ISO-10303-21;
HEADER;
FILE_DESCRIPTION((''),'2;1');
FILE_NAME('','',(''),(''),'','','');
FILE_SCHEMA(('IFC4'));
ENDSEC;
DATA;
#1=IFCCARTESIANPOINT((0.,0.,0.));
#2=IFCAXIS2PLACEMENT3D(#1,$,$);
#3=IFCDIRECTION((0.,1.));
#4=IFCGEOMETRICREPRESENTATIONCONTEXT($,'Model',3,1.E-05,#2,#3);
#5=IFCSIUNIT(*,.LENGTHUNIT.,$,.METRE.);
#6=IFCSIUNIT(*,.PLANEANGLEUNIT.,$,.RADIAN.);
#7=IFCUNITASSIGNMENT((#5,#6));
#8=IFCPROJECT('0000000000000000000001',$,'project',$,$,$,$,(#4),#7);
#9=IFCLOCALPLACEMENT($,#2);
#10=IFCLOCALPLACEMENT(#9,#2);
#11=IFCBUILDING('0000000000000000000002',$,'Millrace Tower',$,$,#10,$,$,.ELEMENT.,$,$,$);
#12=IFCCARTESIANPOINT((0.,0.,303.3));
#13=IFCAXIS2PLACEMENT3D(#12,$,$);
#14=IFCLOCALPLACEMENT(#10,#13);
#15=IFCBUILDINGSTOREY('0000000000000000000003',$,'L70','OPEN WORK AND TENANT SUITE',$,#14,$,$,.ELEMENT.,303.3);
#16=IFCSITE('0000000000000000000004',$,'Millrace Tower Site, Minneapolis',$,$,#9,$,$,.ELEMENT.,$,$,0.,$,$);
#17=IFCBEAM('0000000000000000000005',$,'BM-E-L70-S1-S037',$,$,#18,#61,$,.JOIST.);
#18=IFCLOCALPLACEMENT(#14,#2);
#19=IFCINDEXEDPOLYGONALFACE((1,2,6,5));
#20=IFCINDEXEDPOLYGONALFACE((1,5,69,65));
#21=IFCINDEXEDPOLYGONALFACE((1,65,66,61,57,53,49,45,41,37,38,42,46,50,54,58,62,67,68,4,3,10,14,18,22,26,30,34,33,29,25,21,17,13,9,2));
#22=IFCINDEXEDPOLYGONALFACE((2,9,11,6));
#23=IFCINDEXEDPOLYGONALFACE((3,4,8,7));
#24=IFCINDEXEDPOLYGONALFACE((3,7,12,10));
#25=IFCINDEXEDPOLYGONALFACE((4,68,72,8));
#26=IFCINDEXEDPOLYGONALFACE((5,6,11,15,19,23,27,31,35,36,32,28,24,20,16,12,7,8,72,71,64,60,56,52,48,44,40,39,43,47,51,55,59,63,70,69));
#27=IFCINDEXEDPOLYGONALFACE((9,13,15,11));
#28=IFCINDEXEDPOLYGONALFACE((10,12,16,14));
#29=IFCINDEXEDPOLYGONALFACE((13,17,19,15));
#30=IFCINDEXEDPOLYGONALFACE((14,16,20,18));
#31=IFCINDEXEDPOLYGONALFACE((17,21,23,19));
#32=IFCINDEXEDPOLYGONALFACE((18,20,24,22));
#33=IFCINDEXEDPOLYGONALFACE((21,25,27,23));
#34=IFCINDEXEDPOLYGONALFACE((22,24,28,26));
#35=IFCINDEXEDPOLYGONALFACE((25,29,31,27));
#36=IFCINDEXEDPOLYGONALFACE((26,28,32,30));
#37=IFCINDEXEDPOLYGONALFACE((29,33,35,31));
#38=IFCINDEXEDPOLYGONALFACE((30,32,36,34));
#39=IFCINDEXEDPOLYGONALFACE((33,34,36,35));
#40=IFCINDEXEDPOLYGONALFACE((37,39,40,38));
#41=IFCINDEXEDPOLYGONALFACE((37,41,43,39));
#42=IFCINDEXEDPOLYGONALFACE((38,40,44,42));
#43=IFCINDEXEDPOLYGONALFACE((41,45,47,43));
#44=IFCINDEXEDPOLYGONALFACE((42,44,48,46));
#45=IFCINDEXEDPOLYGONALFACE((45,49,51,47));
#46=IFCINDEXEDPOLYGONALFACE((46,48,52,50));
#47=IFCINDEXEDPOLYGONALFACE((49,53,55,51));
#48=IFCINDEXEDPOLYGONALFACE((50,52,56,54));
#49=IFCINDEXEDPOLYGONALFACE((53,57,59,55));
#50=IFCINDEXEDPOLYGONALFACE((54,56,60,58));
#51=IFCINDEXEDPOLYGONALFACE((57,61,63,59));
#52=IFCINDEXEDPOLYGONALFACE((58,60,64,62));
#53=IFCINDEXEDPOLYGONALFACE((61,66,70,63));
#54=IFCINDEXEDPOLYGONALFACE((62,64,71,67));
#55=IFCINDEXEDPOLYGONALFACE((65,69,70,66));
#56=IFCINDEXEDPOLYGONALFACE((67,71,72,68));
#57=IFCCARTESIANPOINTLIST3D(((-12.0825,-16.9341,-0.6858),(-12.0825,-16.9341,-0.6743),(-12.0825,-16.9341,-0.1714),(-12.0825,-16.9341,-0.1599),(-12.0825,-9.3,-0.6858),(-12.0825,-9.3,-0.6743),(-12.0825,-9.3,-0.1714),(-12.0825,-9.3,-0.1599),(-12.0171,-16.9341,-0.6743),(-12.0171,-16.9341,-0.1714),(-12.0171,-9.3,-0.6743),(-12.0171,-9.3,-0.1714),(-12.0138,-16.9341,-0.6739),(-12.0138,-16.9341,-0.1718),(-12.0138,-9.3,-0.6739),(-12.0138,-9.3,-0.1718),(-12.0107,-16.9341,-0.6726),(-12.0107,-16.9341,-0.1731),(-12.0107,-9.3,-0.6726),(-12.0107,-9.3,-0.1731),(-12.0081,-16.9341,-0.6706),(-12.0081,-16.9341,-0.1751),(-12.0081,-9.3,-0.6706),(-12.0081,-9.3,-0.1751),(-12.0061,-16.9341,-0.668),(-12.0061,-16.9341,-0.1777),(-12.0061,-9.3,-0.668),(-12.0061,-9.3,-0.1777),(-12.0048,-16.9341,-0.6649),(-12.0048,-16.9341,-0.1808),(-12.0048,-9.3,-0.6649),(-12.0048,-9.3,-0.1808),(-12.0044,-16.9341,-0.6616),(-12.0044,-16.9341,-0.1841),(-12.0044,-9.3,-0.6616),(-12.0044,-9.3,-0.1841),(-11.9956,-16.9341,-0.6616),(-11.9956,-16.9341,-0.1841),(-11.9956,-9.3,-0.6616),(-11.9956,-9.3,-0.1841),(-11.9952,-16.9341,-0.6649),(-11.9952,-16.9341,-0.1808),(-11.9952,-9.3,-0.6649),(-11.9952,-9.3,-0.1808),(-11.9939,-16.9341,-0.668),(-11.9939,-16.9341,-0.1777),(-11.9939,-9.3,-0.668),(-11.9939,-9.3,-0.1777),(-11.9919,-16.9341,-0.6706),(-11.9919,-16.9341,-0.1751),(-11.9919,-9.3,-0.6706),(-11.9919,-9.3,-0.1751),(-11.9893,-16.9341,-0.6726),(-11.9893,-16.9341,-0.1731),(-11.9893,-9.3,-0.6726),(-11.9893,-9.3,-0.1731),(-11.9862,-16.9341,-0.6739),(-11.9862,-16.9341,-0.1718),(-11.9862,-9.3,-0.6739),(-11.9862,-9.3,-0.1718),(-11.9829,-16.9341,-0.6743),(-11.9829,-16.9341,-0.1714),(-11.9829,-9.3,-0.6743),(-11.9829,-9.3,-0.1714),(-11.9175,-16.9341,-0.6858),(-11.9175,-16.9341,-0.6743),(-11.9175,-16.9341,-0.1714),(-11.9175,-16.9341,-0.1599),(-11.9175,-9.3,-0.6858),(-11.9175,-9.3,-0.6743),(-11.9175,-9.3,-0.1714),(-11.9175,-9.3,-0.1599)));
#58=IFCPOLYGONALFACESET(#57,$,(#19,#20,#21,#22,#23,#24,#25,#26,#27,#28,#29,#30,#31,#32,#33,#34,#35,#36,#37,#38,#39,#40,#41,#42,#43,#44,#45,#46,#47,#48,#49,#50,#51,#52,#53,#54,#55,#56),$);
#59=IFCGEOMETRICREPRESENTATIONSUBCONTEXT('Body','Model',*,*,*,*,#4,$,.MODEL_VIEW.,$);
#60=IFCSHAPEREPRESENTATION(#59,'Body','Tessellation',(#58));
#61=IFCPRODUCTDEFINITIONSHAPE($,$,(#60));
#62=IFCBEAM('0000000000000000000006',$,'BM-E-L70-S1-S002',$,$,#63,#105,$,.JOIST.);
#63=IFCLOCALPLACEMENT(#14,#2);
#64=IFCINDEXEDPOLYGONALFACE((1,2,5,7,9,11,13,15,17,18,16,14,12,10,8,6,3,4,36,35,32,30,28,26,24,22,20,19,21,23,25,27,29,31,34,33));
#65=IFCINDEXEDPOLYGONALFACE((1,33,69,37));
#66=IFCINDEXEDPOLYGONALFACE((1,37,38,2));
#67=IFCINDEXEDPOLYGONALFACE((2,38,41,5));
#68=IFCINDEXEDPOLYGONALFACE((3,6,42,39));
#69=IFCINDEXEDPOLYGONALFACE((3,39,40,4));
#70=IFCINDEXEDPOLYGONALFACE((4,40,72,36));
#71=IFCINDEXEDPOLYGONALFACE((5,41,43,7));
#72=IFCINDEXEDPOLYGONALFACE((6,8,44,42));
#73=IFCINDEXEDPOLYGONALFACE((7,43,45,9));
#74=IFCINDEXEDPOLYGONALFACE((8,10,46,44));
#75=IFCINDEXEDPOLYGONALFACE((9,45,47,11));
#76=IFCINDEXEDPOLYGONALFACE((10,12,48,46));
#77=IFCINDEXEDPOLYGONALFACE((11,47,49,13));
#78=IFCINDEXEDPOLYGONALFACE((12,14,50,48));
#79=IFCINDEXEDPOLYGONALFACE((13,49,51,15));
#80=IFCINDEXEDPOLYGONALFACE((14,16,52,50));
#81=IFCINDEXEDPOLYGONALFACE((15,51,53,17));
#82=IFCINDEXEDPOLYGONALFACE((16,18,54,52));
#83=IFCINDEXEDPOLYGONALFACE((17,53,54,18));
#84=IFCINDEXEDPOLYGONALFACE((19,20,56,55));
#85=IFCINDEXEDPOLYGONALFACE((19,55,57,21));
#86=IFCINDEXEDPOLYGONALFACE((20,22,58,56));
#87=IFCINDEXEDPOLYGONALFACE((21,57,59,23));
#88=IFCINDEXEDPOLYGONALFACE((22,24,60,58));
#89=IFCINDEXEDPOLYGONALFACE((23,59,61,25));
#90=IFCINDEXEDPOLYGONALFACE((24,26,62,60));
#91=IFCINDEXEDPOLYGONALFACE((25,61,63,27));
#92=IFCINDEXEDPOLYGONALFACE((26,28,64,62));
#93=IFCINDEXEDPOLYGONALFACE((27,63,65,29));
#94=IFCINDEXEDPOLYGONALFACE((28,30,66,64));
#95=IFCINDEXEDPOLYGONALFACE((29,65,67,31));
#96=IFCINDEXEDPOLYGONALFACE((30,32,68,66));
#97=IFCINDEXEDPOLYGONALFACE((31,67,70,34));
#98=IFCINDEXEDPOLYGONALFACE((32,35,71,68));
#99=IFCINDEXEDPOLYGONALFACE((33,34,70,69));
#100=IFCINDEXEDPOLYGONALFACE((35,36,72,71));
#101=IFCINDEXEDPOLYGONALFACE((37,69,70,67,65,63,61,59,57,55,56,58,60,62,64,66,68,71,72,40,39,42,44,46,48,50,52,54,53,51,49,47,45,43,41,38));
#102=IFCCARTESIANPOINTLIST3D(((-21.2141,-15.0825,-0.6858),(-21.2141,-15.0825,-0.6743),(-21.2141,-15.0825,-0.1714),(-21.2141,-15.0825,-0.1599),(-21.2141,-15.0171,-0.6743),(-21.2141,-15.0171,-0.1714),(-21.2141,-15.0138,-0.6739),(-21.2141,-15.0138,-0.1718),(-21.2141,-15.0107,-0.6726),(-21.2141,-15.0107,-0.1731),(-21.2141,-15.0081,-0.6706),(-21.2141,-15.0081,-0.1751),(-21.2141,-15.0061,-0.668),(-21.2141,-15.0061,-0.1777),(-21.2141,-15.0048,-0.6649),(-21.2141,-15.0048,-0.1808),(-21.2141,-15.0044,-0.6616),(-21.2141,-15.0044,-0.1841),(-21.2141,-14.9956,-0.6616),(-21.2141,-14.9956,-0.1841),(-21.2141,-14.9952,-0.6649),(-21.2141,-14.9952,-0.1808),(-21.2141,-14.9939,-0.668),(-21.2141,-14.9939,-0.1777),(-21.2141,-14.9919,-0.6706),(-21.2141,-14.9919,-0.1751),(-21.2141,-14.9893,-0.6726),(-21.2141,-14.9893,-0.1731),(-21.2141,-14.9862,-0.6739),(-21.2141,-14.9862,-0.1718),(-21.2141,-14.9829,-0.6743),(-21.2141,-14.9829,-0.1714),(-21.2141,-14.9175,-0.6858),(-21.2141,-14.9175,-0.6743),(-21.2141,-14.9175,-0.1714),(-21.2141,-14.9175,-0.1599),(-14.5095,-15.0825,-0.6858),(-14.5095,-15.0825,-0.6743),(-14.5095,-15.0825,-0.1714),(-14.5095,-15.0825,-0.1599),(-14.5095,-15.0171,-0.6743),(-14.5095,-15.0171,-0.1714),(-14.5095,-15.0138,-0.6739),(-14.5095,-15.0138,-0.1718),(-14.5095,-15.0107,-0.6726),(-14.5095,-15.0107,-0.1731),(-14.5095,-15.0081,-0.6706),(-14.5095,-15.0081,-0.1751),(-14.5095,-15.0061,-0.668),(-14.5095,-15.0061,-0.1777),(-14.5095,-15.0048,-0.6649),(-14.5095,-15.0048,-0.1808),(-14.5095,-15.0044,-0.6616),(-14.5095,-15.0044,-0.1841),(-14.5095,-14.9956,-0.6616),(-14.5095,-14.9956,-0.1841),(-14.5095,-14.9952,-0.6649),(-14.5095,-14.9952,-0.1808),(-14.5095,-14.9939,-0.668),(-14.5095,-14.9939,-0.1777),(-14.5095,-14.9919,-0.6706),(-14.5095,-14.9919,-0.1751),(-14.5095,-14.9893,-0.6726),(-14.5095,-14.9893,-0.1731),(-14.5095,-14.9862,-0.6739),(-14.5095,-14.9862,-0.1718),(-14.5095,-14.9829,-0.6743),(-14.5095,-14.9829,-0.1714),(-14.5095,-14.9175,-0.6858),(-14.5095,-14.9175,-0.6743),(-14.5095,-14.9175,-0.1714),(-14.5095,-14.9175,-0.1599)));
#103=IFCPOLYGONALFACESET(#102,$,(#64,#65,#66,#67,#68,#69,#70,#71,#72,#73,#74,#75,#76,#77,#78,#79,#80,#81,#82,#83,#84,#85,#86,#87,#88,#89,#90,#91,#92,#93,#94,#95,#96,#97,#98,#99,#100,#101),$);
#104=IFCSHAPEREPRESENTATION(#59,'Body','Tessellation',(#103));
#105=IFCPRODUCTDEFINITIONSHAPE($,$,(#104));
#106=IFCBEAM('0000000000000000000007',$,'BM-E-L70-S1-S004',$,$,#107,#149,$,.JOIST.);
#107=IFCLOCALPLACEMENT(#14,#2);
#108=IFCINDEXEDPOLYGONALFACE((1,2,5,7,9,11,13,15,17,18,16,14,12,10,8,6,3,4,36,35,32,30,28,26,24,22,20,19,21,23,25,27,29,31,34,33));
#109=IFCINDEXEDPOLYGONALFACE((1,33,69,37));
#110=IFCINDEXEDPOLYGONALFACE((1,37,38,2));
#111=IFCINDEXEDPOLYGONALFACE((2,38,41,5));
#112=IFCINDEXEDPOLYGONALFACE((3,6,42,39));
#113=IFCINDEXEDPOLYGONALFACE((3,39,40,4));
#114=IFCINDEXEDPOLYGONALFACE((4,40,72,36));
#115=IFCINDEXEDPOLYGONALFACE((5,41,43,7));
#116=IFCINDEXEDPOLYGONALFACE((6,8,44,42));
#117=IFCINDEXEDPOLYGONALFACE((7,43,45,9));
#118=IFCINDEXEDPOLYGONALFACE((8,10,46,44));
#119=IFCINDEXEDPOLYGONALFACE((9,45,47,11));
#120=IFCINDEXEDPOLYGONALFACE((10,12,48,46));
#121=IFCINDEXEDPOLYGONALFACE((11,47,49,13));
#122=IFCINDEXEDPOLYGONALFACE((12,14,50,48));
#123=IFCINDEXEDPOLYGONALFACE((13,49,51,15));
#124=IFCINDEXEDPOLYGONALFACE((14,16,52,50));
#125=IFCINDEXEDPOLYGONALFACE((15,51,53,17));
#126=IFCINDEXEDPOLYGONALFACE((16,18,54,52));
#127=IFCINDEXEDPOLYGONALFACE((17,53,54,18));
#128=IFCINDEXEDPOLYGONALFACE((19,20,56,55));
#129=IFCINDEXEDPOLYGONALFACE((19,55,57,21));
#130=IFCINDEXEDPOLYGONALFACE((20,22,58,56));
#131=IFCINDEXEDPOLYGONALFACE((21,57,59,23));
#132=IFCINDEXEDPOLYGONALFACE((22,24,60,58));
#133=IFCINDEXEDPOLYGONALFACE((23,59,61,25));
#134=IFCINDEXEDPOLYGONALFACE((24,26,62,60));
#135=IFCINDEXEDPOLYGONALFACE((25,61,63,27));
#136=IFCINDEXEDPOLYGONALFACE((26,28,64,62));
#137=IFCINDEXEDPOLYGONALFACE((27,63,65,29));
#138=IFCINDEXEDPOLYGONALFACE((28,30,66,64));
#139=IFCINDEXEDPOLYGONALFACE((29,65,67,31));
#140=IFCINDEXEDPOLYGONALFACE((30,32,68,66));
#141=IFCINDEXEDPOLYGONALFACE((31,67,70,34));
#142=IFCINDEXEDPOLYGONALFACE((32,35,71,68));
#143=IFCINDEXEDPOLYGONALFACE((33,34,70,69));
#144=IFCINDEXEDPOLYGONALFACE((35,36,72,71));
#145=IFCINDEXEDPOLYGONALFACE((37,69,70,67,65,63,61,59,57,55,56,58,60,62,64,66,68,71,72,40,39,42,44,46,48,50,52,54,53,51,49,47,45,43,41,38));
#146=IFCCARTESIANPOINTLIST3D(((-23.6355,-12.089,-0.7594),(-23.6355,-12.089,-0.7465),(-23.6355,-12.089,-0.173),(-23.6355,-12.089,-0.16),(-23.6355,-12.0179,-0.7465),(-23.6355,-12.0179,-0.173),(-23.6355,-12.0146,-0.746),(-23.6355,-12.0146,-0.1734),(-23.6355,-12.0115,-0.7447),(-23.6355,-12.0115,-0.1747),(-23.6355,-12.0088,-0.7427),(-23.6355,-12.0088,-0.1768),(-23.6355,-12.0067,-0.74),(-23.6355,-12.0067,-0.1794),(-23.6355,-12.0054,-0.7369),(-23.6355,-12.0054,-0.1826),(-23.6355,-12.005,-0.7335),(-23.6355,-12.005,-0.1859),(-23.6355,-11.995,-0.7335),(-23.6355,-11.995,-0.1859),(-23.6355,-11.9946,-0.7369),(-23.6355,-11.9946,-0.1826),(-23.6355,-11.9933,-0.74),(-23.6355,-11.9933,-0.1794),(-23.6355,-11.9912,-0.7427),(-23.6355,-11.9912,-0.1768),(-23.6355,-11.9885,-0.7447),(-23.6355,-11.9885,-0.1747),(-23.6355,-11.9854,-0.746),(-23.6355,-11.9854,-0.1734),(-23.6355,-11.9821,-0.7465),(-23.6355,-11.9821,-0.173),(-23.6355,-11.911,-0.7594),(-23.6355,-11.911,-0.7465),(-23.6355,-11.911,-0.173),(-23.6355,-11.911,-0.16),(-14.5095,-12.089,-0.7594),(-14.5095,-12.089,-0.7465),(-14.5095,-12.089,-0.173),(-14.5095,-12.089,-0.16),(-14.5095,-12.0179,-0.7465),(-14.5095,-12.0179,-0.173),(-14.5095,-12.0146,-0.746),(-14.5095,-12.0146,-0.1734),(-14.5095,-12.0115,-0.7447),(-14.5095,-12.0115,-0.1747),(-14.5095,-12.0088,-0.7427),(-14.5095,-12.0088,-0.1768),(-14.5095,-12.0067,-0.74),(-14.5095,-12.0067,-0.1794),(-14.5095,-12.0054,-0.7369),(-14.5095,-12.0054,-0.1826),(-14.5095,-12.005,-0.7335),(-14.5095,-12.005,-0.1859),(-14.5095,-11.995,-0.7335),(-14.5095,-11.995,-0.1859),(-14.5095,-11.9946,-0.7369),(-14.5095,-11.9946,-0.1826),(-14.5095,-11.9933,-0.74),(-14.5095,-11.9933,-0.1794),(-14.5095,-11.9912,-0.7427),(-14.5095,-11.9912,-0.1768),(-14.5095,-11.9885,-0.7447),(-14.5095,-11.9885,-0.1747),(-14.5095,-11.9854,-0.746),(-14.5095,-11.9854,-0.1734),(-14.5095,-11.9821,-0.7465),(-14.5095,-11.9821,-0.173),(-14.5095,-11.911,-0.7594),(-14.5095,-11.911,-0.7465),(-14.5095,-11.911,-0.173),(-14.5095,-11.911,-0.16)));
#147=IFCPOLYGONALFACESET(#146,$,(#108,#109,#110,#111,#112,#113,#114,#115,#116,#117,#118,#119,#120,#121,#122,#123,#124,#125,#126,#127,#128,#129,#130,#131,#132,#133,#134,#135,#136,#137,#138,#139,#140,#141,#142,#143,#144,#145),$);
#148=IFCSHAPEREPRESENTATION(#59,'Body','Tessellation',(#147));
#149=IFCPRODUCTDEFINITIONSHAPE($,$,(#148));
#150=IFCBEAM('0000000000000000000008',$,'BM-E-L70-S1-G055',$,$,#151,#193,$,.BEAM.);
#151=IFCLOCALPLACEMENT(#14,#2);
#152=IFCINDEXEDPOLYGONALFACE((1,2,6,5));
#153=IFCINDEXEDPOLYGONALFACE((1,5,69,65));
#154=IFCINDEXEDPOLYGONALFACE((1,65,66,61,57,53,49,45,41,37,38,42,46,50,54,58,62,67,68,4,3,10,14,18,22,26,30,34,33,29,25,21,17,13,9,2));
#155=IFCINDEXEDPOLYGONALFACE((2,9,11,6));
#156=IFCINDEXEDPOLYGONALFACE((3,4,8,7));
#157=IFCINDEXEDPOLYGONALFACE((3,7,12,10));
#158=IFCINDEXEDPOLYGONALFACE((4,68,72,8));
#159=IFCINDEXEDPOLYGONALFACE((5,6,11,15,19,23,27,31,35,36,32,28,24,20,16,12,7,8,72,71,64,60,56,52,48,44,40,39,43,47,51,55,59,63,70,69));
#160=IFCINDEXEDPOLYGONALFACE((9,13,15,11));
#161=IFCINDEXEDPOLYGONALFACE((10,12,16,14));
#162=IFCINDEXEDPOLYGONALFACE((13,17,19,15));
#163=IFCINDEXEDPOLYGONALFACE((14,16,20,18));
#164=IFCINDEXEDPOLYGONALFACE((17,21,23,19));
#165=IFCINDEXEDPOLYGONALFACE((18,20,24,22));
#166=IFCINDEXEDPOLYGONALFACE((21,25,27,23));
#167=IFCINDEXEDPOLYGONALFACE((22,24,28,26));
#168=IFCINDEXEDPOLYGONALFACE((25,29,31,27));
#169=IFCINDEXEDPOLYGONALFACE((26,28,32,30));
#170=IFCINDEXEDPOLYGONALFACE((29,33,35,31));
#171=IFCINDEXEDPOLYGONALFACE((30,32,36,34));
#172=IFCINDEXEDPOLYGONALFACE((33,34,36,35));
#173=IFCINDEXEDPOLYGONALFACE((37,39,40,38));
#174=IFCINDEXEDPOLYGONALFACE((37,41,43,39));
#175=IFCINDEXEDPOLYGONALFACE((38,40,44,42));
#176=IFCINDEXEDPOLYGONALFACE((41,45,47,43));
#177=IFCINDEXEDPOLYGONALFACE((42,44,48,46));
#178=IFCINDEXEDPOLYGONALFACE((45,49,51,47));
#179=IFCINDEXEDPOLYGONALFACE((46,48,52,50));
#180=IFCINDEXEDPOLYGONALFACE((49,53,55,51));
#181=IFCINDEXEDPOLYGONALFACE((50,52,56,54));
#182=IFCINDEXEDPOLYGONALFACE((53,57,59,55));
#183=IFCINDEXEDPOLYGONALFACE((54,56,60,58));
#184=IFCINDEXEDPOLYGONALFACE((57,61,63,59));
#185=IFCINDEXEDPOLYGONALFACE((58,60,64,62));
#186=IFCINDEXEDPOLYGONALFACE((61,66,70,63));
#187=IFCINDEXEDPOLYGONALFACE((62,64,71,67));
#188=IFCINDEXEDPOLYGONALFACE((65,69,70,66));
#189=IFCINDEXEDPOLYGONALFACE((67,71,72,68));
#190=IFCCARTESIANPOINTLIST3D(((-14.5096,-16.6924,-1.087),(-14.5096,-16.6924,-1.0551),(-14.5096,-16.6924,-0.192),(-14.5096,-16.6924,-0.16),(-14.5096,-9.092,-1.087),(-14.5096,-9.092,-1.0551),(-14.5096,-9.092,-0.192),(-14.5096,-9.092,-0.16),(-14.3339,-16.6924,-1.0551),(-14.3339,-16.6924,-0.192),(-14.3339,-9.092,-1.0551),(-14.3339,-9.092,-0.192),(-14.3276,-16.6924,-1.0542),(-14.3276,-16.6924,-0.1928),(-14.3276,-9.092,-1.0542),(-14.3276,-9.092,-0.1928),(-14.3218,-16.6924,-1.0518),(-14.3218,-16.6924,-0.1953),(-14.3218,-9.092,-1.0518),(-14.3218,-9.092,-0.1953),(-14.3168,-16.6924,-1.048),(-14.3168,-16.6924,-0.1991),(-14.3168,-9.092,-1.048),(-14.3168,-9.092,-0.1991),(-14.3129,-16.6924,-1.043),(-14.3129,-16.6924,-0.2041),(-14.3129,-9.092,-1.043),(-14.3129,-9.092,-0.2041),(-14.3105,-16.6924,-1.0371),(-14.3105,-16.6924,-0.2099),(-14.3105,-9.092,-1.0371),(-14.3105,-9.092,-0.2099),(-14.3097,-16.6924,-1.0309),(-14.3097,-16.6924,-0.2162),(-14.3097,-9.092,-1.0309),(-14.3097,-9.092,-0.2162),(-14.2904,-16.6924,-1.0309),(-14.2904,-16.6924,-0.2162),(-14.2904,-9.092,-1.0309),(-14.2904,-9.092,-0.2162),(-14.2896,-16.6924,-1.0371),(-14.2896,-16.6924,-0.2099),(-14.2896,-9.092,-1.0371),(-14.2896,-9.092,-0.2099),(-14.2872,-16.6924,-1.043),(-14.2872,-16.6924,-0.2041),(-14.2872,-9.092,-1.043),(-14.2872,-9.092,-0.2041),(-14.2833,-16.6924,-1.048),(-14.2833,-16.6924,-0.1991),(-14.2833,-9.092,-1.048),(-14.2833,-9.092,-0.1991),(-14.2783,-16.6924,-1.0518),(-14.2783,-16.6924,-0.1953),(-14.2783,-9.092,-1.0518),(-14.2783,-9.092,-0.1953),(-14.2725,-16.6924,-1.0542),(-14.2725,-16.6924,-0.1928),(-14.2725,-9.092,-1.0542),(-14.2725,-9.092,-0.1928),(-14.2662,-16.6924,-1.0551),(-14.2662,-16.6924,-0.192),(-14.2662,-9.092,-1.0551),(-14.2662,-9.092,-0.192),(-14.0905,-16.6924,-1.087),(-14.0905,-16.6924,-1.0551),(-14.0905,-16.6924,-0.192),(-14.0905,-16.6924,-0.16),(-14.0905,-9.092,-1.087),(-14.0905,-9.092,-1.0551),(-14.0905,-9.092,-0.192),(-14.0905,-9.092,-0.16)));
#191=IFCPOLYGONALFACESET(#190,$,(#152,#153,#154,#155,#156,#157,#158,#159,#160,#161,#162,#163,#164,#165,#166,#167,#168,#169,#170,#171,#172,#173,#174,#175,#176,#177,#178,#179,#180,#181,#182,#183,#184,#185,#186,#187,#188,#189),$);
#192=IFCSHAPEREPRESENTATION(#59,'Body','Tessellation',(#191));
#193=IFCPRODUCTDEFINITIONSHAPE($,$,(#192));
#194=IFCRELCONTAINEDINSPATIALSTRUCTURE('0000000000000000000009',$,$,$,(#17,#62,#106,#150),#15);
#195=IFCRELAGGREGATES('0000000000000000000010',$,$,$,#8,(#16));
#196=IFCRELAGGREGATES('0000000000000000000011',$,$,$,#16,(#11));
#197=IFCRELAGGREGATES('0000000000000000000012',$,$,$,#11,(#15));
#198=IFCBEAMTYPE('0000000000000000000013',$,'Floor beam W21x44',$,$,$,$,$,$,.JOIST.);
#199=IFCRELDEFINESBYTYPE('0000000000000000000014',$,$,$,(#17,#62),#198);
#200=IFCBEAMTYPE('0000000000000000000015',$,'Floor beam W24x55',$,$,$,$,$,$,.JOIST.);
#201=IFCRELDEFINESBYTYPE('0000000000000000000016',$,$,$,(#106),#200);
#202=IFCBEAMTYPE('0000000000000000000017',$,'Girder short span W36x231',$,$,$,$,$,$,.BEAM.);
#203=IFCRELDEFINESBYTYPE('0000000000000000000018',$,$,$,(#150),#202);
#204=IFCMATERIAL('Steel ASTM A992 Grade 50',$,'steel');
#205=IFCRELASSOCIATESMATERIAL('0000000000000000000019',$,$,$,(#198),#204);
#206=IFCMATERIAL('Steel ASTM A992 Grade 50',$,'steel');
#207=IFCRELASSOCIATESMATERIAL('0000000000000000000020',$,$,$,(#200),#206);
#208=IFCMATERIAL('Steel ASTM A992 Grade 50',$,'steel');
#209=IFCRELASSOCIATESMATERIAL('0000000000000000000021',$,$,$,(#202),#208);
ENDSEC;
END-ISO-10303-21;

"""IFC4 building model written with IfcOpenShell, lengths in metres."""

from ifc_helpers import new_model, si_unit, direction, frame, origin, origin_2d, place, context, subcontext, project, spatial, i_section, extrude, material, material_profile, profile_set, type_object, element, save


model = new_model("IFC4")

# Units and contexts
model_context = context("Model", 3, precision=1e-05, world=origin(), true_north=direction((0.0, 1.0)))
body_context = subcontext(model_context, "Body", "Model", "MODEL_VIEW")
ifc_project = project(units=[si_unit("LENGTHUNIT", "METRE"), si_unit("PLANEANGLEUNIT", "RADIAN")], contexts=[model_context])

# Site, building, storey
site_placement = place(None, origin())
site = spatial("IfcSite", under=ifc_project, at=site_placement, Name="Millrace Tower Site, Minneapolis", CompositionType="ELEMENT", RefElevation=0.0)
building_placement = place(site_placement, origin())
building = spatial("IfcBuilding", under=site, at=building_placement, Name="Millrace Tower", CompositionType="ELEMENT")
storey_placement = place(building_placement, frame((0.0, 0.0, 303.3)))
storey = spatial("IfcBuildingStorey", under=building, at=storey_placement, Name="L70", Description="OPEN WORK AND TENANT SUITE", CompositionType="ELEMENT", Elevation=303.3)

# Beams
ifc_material_1 = material(Name="Steel ASTM A992 Grade 50", Category="steel")
ifc_material_profile_1 = material_profile(ifc_material_1, i_section(OverallWidth=0.165, OverallDepth=0.5259, WebThickness=0.0088, FlangeThickness=0.0115, FilletRadius=0.0127, at=origin_2d()))
ifc_profile_set_1 = profile_set([ifc_material_profile_1], Name="Steel ASTM A992 Grade 50")
beam_type_1 = type_object("IfcBeamType", Name="Floor beam W21x44", PredefinedType="JOIST", material=ifc_profile_set_1)
beam_1_placement = place(storey_placement, frame((-12.0, -16.9341, -0.4229), z_axis=(0.0, 1.0, 0.0), x_axis=(-1.0, 0.0, 0.0)))
element("IfcBeam", 1, at=beam_1_placement, inside=storey, type_object=beam_type_1, Name="BM-E-L70-S1-S037", PredefinedType="JOIST", context=body_context, shape_type="SweptSolid", body=[
    extrude(i_section(OverallWidth=0.165, OverallDepth=0.5259, WebThickness=0.0088, FlangeThickness=0.0115, FilletRadius=0.0127, at=origin_2d()), origin(), (0.0, 0.0, 1.0), 7.634),
])
beam_2_placement = place(storey_placement, frame((-21.2141, -15.0, -0.4229), z_axis=(1.0, 0.0, 0.0), x_axis=(0.0, 1.0, 0.0)))
element("IfcBeam", 2, at=beam_2_placement, inside=storey, type_object=beam_type_1, Name="BM-E-L70-S1-S002", PredefinedType="JOIST", context=body_context, shape_type="SweptSolid", body=[
    extrude(i_section(OverallWidth=0.165, OverallDepth=0.5259, WebThickness=0.0088, FlangeThickness=0.0115, FilletRadius=0.0127, at=origin_2d()), origin(), (0.0, 0.0, 1.0), 6.7046),
])
ifc_material_2 = material(Name="Steel ASTM A992 Grade 50", Category="steel")
ifc_material_profile_2 = material_profile(ifc_material_2, i_section(OverallWidth=0.178, OverallDepth=0.5994, WebThickness=0.01, FlangeThickness=0.0129, FilletRadius=0.0129, at=origin_2d()))
ifc_profile_set_2 = profile_set([ifc_material_profile_2], Name="Steel ASTM A992 Grade 50")
beam_type_2 = type_object("IfcBeamType", Name="Floor beam W24x55", PredefinedType="JOIST", material=ifc_profile_set_2)
beam_3_placement = place(storey_placement, frame((-23.6355, -12.0, -0.4597), z_axis=(1.0, 0.0, 0.0), x_axis=(0.0, 1.0, 0.0)))
element("IfcBeam", 3, at=beam_3_placement, inside=storey, type_object=beam_type_2, Name="BM-E-L70-S1-S004", PredefinedType="JOIST", context=body_context, shape_type="SweptSolid", body=[
    extrude(i_section(OverallWidth=0.178, OverallDepth=0.5994, WebThickness=0.01, FlangeThickness=0.0129, FilletRadius=0.0129, at=origin_2d()), origin(), (0.0, 0.0, 1.0), 9.126),
])
ifc_material_3 = material(Name="Steel ASTM A992 Grade 50", Category="steel")
ifc_material_profile_3 = material_profile(ifc_material_3, i_section(OverallWidth=0.4192, OverallDepth=0.927, WebThickness=0.0193, FlangeThickness=0.032, FilletRadius=0.0242, at=origin_2d()))
ifc_profile_set_3 = profile_set([ifc_material_profile_3], Name="Steel ASTM A992 Grade 50")
beam_type_3 = type_object("IfcBeamType", Name="Girder short span W36x231", PredefinedType="BEAM", material=ifc_profile_set_3)
beam_4_placement = place(storey_placement, frame((-14.3, -16.6924, -0.6235), z_axis=(0.0, 1.0, 0.0), x_axis=(-1.0, 0.0, 0.0)))
element("IfcBeam", 4, at=beam_4_placement, inside=storey, type_object=beam_type_3, Name="BM-E-L70-S1-G055", PredefinedType="BEAM", context=body_context, shape_type="SweptSolid", body=[
    extrude(i_section(OverallWidth=0.4192, OverallDepth=0.927, WebThickness=0.0193, FlangeThickness=0.032, FilletRadius=0.0242, at=origin_2d()), origin(), (0.0, 0.0, 1.0), 7.6003),
])

save(model, "model.ifc")
